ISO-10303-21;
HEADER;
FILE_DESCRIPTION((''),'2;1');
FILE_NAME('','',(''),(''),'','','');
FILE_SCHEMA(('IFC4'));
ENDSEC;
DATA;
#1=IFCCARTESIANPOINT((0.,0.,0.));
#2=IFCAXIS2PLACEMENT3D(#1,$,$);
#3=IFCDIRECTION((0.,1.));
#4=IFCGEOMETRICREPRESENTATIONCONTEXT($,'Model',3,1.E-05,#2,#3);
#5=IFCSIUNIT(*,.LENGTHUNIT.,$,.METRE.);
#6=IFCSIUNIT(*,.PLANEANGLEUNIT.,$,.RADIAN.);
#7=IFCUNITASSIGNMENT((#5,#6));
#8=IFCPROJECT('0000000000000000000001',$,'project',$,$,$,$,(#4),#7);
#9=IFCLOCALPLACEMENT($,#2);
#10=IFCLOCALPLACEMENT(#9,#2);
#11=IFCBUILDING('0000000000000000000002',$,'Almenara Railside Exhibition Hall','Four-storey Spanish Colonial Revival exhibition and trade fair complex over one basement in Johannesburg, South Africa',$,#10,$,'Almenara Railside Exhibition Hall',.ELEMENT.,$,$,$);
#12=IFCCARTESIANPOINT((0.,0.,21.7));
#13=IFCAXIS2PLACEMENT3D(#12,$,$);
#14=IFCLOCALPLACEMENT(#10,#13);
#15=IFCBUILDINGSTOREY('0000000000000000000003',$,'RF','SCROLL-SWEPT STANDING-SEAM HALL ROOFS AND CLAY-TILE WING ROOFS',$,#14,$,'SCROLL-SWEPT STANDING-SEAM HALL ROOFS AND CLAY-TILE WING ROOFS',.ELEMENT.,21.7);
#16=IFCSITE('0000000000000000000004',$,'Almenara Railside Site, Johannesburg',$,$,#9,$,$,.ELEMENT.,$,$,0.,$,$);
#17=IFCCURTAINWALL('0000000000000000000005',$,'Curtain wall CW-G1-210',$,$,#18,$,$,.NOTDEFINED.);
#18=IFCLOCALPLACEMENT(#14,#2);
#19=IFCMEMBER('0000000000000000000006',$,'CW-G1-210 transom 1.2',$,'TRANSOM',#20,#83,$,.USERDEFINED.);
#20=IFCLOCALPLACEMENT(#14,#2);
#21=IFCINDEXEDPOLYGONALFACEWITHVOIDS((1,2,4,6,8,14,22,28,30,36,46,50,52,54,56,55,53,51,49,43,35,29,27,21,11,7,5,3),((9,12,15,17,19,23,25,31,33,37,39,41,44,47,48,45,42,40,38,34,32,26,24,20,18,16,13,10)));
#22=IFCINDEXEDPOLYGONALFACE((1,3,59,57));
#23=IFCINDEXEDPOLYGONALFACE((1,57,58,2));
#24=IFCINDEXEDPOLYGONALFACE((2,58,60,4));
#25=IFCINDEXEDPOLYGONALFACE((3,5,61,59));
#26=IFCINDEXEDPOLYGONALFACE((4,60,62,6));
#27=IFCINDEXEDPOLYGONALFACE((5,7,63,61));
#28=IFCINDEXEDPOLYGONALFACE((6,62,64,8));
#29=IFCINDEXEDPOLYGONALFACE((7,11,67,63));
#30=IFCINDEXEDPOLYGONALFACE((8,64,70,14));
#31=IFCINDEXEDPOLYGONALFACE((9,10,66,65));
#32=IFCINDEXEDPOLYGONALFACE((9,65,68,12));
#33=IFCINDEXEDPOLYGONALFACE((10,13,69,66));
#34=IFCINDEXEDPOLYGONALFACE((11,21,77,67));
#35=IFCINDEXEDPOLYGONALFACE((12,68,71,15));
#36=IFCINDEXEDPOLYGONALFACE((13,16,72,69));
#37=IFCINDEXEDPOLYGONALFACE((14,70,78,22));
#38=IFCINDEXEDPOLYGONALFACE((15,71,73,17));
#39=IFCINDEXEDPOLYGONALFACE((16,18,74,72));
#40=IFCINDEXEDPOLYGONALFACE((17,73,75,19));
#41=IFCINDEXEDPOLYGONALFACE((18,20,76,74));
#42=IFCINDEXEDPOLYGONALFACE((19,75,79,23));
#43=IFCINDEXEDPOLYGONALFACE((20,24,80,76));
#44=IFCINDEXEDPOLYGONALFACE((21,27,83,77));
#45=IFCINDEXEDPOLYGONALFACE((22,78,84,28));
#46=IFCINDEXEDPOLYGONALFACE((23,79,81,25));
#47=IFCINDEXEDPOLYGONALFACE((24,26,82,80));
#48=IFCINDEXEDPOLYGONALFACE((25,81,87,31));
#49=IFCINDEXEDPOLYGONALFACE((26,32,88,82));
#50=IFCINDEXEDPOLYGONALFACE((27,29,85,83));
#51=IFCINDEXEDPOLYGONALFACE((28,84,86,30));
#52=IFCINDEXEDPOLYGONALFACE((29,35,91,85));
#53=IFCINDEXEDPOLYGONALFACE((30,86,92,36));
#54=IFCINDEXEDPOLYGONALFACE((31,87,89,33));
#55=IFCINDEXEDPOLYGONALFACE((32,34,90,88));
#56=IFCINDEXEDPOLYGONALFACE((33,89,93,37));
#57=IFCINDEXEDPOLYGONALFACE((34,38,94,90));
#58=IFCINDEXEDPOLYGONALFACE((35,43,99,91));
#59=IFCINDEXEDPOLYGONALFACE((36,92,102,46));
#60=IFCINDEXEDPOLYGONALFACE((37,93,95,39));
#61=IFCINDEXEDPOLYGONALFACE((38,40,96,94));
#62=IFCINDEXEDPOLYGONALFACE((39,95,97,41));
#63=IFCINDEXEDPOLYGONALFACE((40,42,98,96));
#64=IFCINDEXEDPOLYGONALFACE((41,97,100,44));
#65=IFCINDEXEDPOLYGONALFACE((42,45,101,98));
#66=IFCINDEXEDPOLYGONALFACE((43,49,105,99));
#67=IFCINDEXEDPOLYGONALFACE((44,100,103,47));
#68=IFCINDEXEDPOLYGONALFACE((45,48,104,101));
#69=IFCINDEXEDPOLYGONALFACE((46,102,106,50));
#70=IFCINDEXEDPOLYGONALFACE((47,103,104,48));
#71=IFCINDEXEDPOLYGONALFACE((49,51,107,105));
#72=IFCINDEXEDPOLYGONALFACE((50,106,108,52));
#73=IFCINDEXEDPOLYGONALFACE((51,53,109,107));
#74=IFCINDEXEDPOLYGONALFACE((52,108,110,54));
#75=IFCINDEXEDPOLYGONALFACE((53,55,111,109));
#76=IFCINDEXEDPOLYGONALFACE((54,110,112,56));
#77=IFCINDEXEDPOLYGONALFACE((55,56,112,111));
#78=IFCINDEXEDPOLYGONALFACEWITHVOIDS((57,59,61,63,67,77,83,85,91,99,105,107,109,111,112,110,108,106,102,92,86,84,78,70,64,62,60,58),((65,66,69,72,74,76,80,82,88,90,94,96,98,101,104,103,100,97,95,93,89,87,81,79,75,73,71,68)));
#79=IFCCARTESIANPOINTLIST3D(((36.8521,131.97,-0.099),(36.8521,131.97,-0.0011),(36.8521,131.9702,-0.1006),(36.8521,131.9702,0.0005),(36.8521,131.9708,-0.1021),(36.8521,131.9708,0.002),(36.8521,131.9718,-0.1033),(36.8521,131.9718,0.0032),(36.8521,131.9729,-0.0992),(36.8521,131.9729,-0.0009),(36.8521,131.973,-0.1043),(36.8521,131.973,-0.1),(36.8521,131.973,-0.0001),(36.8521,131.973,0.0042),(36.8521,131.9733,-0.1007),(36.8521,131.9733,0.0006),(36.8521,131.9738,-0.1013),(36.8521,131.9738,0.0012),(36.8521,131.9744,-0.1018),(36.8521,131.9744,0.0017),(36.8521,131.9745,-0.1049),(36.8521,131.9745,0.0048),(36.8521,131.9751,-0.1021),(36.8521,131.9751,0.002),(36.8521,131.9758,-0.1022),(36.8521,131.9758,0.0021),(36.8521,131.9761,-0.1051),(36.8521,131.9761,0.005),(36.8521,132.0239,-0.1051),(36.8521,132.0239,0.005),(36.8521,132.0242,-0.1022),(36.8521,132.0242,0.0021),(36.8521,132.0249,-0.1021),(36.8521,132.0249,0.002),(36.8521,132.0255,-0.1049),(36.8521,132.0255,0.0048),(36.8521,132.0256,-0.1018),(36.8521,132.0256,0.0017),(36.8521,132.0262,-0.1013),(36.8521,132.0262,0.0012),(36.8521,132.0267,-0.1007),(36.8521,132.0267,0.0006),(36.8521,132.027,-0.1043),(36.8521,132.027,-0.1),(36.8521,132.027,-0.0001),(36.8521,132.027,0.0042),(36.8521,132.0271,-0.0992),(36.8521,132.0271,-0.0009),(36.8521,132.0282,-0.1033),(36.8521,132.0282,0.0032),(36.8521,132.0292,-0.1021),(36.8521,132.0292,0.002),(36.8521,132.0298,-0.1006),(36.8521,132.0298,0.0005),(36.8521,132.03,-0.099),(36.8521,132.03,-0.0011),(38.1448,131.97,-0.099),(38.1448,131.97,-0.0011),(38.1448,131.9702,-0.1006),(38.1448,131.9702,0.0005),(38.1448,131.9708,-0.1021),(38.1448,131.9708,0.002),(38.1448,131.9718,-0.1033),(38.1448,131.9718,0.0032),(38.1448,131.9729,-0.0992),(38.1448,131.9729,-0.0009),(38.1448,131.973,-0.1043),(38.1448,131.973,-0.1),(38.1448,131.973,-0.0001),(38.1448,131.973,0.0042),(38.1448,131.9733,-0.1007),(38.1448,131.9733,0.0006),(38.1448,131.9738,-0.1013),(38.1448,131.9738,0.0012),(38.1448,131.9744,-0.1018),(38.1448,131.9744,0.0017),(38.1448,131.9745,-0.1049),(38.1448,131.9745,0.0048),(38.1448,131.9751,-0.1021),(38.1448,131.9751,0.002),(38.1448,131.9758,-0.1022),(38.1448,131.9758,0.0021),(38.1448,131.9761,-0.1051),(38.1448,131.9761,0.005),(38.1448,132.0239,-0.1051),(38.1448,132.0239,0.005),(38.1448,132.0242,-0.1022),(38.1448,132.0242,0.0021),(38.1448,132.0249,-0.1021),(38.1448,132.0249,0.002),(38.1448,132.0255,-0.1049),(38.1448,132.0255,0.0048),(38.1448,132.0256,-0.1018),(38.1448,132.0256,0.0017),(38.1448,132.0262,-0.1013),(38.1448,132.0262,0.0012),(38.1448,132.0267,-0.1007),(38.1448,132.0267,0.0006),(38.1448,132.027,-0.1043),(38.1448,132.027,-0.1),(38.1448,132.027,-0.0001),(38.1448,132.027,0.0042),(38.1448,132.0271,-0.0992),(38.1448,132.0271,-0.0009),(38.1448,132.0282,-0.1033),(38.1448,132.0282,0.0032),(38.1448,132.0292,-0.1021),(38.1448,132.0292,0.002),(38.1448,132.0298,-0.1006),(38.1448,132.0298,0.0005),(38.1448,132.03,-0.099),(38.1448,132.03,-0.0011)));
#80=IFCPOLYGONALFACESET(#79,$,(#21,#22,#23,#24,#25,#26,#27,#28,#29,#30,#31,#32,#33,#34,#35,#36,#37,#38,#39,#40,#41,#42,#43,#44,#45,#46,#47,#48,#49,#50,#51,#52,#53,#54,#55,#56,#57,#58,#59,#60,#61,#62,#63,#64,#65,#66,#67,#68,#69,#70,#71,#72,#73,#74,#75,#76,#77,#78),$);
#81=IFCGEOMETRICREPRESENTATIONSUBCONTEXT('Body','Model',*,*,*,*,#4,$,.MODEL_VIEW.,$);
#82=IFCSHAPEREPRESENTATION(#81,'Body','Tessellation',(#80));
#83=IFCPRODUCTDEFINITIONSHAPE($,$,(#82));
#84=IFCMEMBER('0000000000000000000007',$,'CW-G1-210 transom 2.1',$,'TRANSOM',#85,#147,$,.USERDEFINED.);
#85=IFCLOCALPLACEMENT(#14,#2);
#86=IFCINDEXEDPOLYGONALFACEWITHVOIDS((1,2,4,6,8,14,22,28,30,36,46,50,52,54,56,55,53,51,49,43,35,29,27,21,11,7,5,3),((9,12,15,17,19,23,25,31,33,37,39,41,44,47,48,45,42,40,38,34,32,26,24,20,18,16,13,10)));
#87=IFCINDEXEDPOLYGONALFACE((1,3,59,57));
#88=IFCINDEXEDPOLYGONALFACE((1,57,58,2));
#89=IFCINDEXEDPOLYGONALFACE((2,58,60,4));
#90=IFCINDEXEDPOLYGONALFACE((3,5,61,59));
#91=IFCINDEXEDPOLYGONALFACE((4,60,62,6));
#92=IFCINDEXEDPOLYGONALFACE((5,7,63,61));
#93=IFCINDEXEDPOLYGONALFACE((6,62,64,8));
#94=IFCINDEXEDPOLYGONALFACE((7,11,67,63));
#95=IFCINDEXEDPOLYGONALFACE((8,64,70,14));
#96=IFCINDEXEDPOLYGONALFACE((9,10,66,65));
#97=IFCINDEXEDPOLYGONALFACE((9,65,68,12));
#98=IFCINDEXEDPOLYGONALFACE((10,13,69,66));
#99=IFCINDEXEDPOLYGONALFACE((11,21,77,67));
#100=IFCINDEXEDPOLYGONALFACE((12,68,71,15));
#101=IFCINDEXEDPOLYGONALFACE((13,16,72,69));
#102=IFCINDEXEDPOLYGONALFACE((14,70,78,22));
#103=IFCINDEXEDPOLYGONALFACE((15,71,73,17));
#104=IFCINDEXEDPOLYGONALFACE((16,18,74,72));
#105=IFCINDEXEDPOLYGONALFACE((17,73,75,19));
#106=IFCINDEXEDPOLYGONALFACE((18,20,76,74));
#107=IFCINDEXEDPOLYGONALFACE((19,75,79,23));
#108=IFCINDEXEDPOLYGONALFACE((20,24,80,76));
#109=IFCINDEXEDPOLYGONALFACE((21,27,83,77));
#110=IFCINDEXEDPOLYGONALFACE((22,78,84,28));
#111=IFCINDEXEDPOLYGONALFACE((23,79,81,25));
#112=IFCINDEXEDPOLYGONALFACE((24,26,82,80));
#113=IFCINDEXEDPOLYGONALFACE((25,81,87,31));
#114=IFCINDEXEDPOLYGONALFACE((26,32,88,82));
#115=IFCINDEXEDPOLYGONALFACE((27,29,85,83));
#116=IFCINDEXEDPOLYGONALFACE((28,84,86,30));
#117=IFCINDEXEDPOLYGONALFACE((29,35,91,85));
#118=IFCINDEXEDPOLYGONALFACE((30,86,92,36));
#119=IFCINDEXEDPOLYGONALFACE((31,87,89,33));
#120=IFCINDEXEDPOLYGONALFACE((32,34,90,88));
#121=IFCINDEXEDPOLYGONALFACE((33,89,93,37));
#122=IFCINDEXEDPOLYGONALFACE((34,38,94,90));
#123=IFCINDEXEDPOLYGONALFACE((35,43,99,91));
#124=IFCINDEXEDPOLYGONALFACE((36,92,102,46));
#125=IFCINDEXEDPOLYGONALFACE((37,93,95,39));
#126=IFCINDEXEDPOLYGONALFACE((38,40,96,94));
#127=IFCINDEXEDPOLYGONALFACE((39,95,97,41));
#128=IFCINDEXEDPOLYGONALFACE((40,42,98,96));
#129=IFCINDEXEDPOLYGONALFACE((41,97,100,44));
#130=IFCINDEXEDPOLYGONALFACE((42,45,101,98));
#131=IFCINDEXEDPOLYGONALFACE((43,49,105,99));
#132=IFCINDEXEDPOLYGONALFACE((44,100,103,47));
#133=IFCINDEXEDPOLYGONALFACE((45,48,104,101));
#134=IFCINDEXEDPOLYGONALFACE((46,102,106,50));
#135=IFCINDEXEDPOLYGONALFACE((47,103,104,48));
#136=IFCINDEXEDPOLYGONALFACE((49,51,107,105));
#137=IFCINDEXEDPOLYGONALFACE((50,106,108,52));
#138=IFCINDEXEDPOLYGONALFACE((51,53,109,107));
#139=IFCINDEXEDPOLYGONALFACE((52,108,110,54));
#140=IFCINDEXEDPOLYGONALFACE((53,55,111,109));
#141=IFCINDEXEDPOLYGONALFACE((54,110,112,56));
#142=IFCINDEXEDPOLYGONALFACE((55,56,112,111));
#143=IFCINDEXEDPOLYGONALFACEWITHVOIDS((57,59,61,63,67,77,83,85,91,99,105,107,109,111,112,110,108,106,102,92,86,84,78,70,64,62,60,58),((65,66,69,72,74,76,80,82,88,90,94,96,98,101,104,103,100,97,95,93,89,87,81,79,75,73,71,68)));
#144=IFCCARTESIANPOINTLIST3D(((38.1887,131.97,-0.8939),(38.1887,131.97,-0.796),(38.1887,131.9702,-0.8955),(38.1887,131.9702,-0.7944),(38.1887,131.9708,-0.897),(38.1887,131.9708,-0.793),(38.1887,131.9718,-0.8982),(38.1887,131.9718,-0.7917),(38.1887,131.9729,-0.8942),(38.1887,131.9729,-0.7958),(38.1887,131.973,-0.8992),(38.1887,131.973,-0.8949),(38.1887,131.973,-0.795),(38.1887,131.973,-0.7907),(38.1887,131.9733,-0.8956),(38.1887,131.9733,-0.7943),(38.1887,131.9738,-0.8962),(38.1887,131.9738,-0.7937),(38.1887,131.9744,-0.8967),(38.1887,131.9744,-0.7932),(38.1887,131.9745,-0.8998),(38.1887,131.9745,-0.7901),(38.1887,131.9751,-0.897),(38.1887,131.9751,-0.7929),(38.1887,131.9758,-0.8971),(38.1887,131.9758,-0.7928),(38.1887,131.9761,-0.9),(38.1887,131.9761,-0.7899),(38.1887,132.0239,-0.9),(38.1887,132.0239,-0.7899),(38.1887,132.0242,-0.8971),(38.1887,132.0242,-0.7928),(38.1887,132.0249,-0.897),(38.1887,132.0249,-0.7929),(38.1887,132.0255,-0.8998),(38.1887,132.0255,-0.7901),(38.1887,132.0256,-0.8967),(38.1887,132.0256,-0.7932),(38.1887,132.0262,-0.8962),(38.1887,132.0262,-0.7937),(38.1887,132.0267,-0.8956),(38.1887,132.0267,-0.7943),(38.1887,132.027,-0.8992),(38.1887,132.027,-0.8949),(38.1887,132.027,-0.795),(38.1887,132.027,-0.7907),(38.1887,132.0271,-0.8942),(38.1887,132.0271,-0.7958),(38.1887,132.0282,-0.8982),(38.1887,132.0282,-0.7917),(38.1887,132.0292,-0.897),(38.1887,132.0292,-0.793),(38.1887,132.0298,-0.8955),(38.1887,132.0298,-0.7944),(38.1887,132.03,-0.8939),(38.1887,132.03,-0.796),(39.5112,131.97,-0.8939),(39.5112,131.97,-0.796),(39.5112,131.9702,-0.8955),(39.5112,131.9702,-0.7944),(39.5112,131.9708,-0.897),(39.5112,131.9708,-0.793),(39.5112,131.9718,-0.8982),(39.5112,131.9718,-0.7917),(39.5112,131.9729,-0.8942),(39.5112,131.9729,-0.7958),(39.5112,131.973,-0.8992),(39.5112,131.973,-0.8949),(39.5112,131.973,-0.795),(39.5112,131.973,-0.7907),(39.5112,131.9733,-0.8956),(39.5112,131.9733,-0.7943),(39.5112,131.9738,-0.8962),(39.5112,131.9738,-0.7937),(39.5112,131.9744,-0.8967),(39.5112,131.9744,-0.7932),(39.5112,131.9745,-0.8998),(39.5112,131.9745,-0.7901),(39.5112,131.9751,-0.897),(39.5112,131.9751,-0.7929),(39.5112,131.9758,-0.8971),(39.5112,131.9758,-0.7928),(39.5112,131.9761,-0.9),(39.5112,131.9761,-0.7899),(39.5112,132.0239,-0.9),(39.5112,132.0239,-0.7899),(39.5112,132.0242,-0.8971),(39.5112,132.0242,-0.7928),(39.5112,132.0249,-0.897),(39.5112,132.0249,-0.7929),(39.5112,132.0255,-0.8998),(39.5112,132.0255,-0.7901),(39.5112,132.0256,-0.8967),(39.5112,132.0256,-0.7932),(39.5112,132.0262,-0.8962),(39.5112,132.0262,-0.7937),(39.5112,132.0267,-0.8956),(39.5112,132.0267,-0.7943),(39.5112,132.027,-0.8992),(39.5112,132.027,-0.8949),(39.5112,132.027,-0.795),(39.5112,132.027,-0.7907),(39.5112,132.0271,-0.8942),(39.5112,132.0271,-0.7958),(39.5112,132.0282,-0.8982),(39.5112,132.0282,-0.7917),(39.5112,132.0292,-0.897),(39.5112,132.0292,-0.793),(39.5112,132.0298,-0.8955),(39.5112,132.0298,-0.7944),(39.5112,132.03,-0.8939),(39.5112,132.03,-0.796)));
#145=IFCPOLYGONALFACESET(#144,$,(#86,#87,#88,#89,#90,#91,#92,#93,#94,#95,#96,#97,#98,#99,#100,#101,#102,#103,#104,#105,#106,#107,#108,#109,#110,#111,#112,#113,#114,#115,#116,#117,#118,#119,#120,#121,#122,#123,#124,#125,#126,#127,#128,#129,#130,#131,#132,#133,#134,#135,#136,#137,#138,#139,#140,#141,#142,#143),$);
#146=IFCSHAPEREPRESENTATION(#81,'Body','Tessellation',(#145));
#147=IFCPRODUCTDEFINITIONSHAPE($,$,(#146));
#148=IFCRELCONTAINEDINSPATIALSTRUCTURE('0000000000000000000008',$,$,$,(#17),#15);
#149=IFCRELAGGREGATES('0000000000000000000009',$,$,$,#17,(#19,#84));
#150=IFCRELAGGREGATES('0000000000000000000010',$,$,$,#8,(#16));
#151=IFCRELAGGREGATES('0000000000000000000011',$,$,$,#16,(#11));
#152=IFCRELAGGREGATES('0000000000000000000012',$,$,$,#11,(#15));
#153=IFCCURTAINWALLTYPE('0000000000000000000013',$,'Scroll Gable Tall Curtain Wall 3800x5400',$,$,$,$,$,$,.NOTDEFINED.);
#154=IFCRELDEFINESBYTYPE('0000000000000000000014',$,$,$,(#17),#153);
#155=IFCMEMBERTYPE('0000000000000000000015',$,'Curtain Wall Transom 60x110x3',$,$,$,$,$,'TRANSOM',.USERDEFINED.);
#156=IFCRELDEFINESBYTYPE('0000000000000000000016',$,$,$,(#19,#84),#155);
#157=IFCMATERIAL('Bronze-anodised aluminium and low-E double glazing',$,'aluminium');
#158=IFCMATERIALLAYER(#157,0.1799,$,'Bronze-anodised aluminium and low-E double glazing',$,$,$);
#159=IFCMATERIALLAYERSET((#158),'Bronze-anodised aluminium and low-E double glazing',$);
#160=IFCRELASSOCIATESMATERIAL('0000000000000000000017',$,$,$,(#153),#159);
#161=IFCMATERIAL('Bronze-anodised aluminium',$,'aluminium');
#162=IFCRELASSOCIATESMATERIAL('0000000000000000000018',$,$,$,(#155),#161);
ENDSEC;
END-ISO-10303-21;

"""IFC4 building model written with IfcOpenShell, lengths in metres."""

from ifc_helpers import new_model, si_unit, direction, frame, origin, origin_2d, place, context, subcontext, project, spatial, hollow_rectangle, extrude, material, layer, layer_set, material_profile, profile_set, type_object, element, aggregate, save


model = new_model("IFC4")

# Units and contexts
model_context = context("Model", 3, precision=1e-05, world=origin(), true_north=direction((0.0, 1.0)))
body_context = subcontext(model_context, "Body", "Model", "MODEL_VIEW")
ifc_project = project(units=[si_unit("LENGTHUNIT", "METRE"), si_unit("PLANEANGLEUNIT", "RADIAN")], contexts=[model_context])

# Site, building, storey
site_placement = place(None, origin())
site = spatial("IfcSite", under=ifc_project, at=site_placement, Name="Almenara Railside Site, Johannesburg", CompositionType="ELEMENT", RefElevation=0.0)
building_placement = place(site_placement, origin())
building = spatial("IfcBuilding", under=site, at=building_placement, Name="Almenara Railside Exhibition Hall", Description="Four-storey Spanish Colonial Revival exhibition and trade fair complex over one basement in Johannesburg, South Africa", LongName="Almenara Railside Exhibition Hall", CompositionType="ELEMENT")
storey_placement = place(building_placement, frame((0.0, 0.0, 21.7)))
storey = spatial("IfcBuildingStorey", under=building, at=storey_placement, Name="RF", Description="SCROLL-SWEPT STANDING-SEAM HALL ROOFS AND CLAY-TILE WING ROOFS", LongName="SCROLL-SWEPT STANDING-SEAM HALL ROOFS AND CLAY-TILE WING ROOFS", CompositionType="ELEMENT", Elevation=21.7)

# Curtain wall
ifc_material_1 = material(Name="Bronze-anodised aluminium and low-E double glazing", Category="aluminium")
ifc_layer_1 = layer(ifc_material_1, 0.1799, Name="Bronze-anodised aluminium and low-E double glazing")
ifc_layer_set_1 = layer_set([ifc_layer_1], Name="Bronze-anodised aluminium and low-E double glazing")
curtain_wall_type = type_object("IfcCurtainWallType", Name="Scroll Gable Tall Curtain Wall 3800x5400", PredefinedType="NOTDEFINED", material=ifc_layer_set_1)
ifc_material_2 = material(Name="Bronze-anodised aluminium", Category="aluminium")
curtain_wall_1_placement = place(storey_placement, origin())
curtain_wall_1 = element("IfcCurtainWall", 1, at=curtain_wall_1_placement, inside=storey, type_object=curtain_wall_type, Name="Curtain wall CW-G1-210", PredefinedType="NOTDEFINED")

# Members
ifc_material_profile_1 = material_profile(ifc_material_2, hollow_rectangle(XDim=0.0601, YDim=0.1101, WallThickness=0.0029, InnerFilletRadius=0.0029, OuterFilletRadius=0.0061, at=origin_2d()), Name="ALU-TRN 60x110x3")
ifc_profile_set_1 = profile_set([ifc_material_profile_1], Name="Bronze-anodised aluminium")
member_type_1 = type_object("IfcMemberType", Name="Curtain Wall Transom 60x110x3", ElementType="TRANSOM", PredefinedType="USERDEFINED", material=ifc_profile_set_1)
member_1_placement = place(storey_placement, frame((36.8521, 132.0, -0.05), z_axis=(1.0, 0.0, 0.0), x_axis=(0.0, 1.0, 0.0)))
member_1 = element("IfcMember", 2, at=member_1_placement, type_object=member_type_1, Name="CW-G1-210 transom 1.2", ObjectType="TRANSOM", PredefinedType="USERDEFINED", context=body_context, shape_type="SweptSolid", body=[
    extrude(hollow_rectangle(XDim=0.0601, YDim=0.1101, WallThickness=0.0029, InnerFilletRadius=0.0029, OuterFilletRadius=0.0061, at=origin_2d()), origin(), (0.0, 0.0, 1.0), 1.2927),
])
member_2_placement = place(storey_placement, frame((38.1887, 132.0, -0.845), z_axis=(1.0, 0.0, 0.0), x_axis=(0.0, 1.0, 0.0)))
member_2 = element("IfcMember", 3, at=member_2_placement, type_object=member_type_1, Name="CW-G1-210 transom 2.1", ObjectType="TRANSOM", PredefinedType="USERDEFINED", context=body_context, shape_type="SweptSolid", body=[
    extrude(hollow_rectangle(XDim=0.0601, YDim=0.1101, WallThickness=0.0029, InnerFilletRadius=0.0029, OuterFilletRadius=0.0061, at=origin_2d()), origin(), (0.0, 0.0, 1.0), 1.3225),
])

aggregate(curtain_wall_1, [member_1, member_2])

save(model, "model.ifc")
